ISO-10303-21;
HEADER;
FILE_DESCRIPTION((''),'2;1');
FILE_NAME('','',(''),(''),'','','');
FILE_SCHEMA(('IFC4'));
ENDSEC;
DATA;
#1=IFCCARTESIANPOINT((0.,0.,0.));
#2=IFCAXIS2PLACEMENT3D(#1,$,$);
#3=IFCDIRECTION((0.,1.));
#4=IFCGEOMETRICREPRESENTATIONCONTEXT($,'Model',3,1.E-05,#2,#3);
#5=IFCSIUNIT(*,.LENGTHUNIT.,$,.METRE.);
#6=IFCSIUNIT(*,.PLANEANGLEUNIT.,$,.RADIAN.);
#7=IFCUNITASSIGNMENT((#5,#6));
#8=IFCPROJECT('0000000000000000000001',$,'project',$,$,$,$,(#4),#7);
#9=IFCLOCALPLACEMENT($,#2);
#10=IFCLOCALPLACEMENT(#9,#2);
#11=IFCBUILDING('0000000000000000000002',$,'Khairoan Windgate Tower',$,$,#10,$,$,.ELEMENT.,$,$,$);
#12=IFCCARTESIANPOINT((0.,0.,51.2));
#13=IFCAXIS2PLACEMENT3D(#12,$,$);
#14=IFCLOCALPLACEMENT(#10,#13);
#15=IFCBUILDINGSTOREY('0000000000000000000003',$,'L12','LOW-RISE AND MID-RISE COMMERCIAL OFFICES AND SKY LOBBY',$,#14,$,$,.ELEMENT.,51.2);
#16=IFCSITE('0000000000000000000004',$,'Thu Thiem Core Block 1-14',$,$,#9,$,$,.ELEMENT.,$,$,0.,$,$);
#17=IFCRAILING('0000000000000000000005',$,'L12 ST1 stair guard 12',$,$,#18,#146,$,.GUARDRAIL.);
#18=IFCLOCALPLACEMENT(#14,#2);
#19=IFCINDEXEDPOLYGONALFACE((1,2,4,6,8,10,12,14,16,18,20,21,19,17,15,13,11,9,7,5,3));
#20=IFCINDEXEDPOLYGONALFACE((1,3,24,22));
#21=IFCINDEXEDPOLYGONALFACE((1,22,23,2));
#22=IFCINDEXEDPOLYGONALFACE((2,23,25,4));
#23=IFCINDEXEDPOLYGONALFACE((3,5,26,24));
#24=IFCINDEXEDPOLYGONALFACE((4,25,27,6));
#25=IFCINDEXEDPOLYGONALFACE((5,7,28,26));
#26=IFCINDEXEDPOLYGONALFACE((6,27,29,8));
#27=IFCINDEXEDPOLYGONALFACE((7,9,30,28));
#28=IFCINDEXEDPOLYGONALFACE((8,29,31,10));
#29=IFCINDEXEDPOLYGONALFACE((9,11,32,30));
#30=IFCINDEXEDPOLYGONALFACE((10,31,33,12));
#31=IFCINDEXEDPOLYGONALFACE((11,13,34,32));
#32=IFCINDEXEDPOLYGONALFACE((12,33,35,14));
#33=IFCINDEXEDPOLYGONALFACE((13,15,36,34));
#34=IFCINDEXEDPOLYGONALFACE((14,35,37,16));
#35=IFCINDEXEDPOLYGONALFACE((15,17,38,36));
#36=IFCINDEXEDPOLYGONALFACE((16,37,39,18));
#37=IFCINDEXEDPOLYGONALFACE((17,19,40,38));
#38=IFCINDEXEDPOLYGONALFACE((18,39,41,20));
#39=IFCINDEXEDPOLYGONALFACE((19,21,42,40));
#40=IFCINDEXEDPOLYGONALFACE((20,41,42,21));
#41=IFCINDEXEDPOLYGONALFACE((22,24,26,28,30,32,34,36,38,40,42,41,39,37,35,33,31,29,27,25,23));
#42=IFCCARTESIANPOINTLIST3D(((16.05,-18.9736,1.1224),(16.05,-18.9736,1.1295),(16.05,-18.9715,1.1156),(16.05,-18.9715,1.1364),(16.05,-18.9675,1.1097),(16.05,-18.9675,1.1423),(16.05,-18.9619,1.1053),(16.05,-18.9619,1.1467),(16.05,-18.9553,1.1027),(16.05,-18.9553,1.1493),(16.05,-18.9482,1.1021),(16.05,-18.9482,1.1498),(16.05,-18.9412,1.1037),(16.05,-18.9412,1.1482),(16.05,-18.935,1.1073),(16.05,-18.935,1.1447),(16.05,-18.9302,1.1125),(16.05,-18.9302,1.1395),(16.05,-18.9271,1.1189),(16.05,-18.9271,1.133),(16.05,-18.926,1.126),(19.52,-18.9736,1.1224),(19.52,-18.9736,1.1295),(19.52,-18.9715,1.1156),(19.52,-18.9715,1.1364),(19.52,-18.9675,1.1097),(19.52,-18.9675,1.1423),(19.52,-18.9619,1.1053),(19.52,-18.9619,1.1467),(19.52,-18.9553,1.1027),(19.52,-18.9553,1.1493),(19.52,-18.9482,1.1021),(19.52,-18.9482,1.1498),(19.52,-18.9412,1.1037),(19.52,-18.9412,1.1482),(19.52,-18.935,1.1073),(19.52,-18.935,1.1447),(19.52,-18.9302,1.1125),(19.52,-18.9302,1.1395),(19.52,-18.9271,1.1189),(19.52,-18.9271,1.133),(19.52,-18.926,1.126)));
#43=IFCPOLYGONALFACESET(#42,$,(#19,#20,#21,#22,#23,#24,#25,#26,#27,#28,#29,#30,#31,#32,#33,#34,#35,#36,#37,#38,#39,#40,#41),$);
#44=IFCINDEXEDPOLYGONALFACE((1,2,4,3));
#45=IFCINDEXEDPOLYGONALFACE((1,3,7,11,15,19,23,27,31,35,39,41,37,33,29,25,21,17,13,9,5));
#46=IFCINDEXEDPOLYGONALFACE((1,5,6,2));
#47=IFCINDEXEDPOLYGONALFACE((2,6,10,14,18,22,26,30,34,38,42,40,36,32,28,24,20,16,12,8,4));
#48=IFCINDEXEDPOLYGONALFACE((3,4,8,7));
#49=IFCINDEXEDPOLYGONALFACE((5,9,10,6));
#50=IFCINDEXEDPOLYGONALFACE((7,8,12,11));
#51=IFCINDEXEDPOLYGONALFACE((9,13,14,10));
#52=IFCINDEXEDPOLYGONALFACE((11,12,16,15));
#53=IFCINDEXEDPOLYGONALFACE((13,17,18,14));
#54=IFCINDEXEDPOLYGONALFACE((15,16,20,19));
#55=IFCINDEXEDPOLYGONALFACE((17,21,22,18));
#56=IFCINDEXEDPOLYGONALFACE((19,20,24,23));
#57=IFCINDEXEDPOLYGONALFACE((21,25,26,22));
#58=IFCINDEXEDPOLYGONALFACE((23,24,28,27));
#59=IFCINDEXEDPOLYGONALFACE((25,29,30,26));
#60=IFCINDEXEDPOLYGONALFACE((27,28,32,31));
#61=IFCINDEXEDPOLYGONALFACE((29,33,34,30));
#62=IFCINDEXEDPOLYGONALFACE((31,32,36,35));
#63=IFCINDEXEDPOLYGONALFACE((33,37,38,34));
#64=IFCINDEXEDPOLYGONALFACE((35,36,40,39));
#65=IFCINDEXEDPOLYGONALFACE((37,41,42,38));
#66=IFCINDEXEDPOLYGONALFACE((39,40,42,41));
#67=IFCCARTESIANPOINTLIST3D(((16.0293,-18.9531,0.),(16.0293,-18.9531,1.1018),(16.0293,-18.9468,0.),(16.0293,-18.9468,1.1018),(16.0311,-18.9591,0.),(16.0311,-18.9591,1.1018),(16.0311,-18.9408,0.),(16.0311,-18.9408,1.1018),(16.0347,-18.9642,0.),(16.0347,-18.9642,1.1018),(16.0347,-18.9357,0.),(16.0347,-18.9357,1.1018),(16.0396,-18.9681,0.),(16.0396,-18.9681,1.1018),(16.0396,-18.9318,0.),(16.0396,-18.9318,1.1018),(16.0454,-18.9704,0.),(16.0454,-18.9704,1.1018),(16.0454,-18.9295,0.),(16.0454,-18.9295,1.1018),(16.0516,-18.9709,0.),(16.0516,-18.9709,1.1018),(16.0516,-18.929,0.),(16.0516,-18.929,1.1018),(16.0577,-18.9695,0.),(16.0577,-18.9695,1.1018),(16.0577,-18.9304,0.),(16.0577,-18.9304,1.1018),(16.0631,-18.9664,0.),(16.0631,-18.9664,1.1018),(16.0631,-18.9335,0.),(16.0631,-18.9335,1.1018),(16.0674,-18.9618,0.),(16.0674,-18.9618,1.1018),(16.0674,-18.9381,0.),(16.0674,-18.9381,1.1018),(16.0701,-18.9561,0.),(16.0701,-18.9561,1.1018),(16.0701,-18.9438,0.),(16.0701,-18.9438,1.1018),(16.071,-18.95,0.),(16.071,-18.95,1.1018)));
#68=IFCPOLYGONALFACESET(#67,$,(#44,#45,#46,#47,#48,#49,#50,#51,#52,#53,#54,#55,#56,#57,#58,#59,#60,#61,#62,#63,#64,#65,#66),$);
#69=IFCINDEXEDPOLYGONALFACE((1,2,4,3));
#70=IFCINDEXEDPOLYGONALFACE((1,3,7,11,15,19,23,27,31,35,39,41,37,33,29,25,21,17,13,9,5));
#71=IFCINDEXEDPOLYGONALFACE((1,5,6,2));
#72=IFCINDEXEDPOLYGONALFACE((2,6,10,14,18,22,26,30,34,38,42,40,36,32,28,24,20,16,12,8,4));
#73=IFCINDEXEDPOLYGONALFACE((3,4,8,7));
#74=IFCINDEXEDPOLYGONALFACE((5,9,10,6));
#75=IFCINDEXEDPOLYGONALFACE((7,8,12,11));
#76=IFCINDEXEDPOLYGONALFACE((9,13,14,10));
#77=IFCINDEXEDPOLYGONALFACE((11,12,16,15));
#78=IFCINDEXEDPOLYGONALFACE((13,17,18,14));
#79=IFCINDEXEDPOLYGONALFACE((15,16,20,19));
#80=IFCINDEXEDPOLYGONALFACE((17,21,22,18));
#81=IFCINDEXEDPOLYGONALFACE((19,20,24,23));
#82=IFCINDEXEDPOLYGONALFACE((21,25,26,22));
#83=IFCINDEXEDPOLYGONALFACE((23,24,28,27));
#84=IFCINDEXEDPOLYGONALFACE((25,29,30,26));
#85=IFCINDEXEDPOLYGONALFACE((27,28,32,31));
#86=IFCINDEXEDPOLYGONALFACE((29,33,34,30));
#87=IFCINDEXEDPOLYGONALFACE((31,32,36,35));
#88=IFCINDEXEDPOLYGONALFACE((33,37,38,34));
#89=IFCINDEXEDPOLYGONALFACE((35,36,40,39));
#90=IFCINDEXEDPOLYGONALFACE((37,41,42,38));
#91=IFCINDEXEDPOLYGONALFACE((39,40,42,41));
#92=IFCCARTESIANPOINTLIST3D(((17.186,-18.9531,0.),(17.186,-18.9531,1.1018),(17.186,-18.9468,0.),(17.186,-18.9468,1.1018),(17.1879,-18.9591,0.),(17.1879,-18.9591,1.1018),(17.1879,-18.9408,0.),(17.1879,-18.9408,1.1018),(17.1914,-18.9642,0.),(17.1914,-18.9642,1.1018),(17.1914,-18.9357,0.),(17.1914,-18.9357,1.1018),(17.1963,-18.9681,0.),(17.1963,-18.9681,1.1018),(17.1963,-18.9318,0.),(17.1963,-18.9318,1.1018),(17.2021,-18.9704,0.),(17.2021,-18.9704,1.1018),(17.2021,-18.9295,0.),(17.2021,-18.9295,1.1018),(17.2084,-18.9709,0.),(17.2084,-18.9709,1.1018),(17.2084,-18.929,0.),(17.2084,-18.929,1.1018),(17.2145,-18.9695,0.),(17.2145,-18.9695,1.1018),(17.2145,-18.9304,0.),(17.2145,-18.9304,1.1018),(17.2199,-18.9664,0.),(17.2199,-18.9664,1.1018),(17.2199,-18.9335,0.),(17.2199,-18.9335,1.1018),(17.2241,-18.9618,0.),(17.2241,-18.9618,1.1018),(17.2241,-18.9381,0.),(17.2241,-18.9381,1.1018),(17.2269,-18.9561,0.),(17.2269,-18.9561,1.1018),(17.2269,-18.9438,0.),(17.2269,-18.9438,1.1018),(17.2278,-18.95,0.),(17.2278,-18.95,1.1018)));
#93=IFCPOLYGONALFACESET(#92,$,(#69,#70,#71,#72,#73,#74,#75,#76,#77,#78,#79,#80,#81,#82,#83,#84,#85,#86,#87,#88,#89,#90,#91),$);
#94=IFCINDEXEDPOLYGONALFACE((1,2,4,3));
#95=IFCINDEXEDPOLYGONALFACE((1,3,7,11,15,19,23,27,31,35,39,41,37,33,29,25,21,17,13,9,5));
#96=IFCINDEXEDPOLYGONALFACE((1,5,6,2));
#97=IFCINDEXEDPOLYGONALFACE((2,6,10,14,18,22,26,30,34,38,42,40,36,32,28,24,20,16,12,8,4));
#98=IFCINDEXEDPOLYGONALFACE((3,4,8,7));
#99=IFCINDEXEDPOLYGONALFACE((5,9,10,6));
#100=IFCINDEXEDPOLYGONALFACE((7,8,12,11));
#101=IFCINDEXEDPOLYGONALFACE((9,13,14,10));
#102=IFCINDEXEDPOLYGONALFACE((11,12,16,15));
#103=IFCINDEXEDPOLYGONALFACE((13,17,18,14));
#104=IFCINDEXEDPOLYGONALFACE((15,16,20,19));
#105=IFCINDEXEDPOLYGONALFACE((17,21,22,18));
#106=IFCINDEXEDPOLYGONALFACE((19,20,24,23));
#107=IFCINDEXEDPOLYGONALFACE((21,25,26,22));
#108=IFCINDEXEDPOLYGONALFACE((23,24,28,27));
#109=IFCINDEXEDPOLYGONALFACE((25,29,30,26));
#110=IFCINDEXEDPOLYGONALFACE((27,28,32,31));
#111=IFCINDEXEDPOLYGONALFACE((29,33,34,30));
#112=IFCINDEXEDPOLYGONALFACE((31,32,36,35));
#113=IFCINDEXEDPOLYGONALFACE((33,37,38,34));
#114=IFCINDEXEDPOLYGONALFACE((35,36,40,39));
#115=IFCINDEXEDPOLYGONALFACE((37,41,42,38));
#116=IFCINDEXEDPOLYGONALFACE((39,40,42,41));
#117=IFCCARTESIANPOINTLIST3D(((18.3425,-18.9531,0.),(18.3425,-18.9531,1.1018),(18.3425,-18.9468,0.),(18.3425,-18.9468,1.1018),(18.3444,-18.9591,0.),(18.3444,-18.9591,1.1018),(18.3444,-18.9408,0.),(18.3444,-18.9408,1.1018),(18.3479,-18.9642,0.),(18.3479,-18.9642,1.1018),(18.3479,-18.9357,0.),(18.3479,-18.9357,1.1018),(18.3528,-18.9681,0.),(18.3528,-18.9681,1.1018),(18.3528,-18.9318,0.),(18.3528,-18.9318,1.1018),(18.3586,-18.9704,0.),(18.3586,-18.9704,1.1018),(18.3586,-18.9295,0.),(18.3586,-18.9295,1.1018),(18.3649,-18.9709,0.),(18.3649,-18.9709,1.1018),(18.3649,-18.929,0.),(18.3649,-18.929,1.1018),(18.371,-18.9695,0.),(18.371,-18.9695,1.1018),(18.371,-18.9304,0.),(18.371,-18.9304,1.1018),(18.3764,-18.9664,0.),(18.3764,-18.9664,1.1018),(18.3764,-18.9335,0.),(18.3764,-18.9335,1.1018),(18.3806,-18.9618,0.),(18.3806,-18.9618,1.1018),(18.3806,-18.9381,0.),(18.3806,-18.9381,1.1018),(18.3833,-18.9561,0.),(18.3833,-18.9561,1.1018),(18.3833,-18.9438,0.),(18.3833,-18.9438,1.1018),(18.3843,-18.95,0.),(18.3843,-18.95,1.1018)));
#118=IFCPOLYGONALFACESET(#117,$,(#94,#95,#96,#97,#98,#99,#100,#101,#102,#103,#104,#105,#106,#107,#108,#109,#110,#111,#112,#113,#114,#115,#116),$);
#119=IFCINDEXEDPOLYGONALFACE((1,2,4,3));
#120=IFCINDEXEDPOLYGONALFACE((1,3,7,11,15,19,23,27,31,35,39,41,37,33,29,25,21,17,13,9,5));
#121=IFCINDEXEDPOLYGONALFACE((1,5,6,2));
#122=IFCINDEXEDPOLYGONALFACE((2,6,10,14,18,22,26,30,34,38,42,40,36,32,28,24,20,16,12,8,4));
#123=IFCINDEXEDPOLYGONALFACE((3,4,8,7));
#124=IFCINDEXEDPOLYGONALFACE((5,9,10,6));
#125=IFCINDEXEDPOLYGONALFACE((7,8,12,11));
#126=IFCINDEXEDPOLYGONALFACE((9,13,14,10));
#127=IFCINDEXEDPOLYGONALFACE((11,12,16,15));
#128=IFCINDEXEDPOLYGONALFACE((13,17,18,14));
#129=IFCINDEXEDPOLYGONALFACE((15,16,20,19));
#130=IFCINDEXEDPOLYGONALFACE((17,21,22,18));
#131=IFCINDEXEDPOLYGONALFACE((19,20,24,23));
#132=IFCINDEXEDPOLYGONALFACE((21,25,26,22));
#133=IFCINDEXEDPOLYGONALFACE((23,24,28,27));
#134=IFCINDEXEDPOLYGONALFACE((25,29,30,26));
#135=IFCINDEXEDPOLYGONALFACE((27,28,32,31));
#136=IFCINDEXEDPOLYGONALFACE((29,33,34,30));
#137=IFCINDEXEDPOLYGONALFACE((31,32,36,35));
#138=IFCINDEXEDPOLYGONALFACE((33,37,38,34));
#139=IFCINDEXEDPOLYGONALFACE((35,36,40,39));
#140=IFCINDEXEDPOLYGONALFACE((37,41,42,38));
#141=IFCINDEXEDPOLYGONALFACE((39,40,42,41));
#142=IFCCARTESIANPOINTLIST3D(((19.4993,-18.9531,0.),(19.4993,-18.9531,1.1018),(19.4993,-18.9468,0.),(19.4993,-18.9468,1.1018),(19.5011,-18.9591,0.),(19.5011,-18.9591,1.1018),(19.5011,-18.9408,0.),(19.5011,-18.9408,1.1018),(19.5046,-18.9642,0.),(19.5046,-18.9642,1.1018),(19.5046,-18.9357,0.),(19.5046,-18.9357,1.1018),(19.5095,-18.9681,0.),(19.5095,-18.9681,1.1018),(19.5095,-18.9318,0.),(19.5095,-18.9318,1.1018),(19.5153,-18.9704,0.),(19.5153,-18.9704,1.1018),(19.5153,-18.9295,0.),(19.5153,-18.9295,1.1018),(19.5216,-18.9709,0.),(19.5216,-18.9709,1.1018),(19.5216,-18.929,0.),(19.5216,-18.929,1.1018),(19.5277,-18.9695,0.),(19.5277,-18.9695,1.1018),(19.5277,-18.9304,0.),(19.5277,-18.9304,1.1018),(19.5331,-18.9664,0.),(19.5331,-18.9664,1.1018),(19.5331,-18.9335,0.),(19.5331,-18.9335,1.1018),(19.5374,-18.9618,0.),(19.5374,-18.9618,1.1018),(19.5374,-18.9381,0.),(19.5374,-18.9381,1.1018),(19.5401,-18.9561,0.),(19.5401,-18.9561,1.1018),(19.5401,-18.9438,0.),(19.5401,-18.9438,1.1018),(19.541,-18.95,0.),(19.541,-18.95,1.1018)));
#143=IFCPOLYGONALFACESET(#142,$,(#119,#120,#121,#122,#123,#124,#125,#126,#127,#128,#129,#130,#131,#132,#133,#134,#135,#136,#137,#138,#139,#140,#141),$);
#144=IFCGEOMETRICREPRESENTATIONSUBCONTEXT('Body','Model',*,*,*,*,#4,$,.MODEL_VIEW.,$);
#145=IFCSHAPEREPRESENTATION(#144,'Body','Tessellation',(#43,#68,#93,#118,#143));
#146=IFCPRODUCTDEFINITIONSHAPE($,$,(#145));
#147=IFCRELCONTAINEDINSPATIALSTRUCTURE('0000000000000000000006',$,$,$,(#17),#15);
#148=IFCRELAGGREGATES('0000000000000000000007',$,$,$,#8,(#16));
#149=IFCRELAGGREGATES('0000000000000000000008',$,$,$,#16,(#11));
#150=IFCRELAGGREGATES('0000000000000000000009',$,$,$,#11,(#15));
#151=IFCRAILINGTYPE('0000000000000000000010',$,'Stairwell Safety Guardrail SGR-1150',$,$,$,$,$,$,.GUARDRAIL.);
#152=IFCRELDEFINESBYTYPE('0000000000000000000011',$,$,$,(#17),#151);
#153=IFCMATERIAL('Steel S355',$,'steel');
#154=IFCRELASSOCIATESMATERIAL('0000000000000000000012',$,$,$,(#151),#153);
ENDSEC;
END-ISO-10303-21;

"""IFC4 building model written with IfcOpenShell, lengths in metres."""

from ifc_helpers import new_model, si_unit, direction, frame, origin, origin_2d, place, context, subcontext, project, spatial, circle, extrude, material, type_object, element, save


model = new_model("IFC4")

# Units and contexts
model_context = context("Model", 3, precision=1e-05, world=origin(), true_north=direction((0.0, 1.0)))
body_context = subcontext(model_context, "Body", "Model", "MODEL_VIEW")
ifc_project = project(units=[si_unit("LENGTHUNIT", "METRE"), si_unit("PLANEANGLEUNIT", "RADIAN")], contexts=[model_context])

# Site, building, storey
site_placement = place(None, origin())
site = spatial("IfcSite", under=ifc_project, at=site_placement, Name="Thu Thiem Core Block 1-14", CompositionType="ELEMENT", RefElevation=0.0)
building_placement = place(site_placement, origin())
building = spatial("IfcBuilding", under=site, at=building_placement, Name="Khairoan Windgate Tower", CompositionType="ELEMENT")
storey_placement = place(building_placement, frame((0.0, 0.0, 51.2)))
storey = spatial("IfcBuildingStorey", under=building, at=storey_placement, Name="L12", Description="LOW-RISE AND MID-RISE COMMERCIAL OFFICES AND SKY LOBBY", CompositionType="ELEMENT", Elevation=51.2)

# Railing
ifc_material_1 = material(Name="Steel S355", Category="steel")
railing_type = type_object("IfcRailingType", Name="Stairwell Safety Guardrail SGR-1150", PredefinedType="GUARDRAIL", material=ifc_material_1)
railing_1_placement = place(storey_placement, frame((16.05, -18.95, 0.0)))
element("IfcRailing", 1, at=railing_1_placement, inside=storey, type_object=railing_type, Name="L12 ST1 stair guard 12", PredefinedType="GUARDRAIL", context=body_context, shape_type="SweptSolid", body=[
    extrude(circle(Radius=0.0239, at=origin_2d()), frame((0.0, 0.0, 1.126), z_axis=(1.0, 0.0, 0.0), x_axis=(0.0, 1.0, 0.0)), (0.0, 0.0, 1.0), 3.47),
    extrude(circle(Radius=0.021, at=origin_2d()), origin(), (0.0, 0.0, 1.0), 1.1018),
    extrude(circle(Radius=0.021, at=origin_2d()), frame((1.1567, 0.0, 0.0)), (0.0, 0.0, 1.0), 1.1018),
    extrude(circle(Radius=0.021, at=origin_2d()), frame((2.3132, 0.0, 0.0)), (0.0, 0.0, 1.0), 1.1018),
    extrude(circle(Radius=0.021, at=origin_2d()), frame((3.47, 0.0, 0.0)), (0.0, 0.0, 1.0), 1.1018),
])

save(model, "model.ifc")
